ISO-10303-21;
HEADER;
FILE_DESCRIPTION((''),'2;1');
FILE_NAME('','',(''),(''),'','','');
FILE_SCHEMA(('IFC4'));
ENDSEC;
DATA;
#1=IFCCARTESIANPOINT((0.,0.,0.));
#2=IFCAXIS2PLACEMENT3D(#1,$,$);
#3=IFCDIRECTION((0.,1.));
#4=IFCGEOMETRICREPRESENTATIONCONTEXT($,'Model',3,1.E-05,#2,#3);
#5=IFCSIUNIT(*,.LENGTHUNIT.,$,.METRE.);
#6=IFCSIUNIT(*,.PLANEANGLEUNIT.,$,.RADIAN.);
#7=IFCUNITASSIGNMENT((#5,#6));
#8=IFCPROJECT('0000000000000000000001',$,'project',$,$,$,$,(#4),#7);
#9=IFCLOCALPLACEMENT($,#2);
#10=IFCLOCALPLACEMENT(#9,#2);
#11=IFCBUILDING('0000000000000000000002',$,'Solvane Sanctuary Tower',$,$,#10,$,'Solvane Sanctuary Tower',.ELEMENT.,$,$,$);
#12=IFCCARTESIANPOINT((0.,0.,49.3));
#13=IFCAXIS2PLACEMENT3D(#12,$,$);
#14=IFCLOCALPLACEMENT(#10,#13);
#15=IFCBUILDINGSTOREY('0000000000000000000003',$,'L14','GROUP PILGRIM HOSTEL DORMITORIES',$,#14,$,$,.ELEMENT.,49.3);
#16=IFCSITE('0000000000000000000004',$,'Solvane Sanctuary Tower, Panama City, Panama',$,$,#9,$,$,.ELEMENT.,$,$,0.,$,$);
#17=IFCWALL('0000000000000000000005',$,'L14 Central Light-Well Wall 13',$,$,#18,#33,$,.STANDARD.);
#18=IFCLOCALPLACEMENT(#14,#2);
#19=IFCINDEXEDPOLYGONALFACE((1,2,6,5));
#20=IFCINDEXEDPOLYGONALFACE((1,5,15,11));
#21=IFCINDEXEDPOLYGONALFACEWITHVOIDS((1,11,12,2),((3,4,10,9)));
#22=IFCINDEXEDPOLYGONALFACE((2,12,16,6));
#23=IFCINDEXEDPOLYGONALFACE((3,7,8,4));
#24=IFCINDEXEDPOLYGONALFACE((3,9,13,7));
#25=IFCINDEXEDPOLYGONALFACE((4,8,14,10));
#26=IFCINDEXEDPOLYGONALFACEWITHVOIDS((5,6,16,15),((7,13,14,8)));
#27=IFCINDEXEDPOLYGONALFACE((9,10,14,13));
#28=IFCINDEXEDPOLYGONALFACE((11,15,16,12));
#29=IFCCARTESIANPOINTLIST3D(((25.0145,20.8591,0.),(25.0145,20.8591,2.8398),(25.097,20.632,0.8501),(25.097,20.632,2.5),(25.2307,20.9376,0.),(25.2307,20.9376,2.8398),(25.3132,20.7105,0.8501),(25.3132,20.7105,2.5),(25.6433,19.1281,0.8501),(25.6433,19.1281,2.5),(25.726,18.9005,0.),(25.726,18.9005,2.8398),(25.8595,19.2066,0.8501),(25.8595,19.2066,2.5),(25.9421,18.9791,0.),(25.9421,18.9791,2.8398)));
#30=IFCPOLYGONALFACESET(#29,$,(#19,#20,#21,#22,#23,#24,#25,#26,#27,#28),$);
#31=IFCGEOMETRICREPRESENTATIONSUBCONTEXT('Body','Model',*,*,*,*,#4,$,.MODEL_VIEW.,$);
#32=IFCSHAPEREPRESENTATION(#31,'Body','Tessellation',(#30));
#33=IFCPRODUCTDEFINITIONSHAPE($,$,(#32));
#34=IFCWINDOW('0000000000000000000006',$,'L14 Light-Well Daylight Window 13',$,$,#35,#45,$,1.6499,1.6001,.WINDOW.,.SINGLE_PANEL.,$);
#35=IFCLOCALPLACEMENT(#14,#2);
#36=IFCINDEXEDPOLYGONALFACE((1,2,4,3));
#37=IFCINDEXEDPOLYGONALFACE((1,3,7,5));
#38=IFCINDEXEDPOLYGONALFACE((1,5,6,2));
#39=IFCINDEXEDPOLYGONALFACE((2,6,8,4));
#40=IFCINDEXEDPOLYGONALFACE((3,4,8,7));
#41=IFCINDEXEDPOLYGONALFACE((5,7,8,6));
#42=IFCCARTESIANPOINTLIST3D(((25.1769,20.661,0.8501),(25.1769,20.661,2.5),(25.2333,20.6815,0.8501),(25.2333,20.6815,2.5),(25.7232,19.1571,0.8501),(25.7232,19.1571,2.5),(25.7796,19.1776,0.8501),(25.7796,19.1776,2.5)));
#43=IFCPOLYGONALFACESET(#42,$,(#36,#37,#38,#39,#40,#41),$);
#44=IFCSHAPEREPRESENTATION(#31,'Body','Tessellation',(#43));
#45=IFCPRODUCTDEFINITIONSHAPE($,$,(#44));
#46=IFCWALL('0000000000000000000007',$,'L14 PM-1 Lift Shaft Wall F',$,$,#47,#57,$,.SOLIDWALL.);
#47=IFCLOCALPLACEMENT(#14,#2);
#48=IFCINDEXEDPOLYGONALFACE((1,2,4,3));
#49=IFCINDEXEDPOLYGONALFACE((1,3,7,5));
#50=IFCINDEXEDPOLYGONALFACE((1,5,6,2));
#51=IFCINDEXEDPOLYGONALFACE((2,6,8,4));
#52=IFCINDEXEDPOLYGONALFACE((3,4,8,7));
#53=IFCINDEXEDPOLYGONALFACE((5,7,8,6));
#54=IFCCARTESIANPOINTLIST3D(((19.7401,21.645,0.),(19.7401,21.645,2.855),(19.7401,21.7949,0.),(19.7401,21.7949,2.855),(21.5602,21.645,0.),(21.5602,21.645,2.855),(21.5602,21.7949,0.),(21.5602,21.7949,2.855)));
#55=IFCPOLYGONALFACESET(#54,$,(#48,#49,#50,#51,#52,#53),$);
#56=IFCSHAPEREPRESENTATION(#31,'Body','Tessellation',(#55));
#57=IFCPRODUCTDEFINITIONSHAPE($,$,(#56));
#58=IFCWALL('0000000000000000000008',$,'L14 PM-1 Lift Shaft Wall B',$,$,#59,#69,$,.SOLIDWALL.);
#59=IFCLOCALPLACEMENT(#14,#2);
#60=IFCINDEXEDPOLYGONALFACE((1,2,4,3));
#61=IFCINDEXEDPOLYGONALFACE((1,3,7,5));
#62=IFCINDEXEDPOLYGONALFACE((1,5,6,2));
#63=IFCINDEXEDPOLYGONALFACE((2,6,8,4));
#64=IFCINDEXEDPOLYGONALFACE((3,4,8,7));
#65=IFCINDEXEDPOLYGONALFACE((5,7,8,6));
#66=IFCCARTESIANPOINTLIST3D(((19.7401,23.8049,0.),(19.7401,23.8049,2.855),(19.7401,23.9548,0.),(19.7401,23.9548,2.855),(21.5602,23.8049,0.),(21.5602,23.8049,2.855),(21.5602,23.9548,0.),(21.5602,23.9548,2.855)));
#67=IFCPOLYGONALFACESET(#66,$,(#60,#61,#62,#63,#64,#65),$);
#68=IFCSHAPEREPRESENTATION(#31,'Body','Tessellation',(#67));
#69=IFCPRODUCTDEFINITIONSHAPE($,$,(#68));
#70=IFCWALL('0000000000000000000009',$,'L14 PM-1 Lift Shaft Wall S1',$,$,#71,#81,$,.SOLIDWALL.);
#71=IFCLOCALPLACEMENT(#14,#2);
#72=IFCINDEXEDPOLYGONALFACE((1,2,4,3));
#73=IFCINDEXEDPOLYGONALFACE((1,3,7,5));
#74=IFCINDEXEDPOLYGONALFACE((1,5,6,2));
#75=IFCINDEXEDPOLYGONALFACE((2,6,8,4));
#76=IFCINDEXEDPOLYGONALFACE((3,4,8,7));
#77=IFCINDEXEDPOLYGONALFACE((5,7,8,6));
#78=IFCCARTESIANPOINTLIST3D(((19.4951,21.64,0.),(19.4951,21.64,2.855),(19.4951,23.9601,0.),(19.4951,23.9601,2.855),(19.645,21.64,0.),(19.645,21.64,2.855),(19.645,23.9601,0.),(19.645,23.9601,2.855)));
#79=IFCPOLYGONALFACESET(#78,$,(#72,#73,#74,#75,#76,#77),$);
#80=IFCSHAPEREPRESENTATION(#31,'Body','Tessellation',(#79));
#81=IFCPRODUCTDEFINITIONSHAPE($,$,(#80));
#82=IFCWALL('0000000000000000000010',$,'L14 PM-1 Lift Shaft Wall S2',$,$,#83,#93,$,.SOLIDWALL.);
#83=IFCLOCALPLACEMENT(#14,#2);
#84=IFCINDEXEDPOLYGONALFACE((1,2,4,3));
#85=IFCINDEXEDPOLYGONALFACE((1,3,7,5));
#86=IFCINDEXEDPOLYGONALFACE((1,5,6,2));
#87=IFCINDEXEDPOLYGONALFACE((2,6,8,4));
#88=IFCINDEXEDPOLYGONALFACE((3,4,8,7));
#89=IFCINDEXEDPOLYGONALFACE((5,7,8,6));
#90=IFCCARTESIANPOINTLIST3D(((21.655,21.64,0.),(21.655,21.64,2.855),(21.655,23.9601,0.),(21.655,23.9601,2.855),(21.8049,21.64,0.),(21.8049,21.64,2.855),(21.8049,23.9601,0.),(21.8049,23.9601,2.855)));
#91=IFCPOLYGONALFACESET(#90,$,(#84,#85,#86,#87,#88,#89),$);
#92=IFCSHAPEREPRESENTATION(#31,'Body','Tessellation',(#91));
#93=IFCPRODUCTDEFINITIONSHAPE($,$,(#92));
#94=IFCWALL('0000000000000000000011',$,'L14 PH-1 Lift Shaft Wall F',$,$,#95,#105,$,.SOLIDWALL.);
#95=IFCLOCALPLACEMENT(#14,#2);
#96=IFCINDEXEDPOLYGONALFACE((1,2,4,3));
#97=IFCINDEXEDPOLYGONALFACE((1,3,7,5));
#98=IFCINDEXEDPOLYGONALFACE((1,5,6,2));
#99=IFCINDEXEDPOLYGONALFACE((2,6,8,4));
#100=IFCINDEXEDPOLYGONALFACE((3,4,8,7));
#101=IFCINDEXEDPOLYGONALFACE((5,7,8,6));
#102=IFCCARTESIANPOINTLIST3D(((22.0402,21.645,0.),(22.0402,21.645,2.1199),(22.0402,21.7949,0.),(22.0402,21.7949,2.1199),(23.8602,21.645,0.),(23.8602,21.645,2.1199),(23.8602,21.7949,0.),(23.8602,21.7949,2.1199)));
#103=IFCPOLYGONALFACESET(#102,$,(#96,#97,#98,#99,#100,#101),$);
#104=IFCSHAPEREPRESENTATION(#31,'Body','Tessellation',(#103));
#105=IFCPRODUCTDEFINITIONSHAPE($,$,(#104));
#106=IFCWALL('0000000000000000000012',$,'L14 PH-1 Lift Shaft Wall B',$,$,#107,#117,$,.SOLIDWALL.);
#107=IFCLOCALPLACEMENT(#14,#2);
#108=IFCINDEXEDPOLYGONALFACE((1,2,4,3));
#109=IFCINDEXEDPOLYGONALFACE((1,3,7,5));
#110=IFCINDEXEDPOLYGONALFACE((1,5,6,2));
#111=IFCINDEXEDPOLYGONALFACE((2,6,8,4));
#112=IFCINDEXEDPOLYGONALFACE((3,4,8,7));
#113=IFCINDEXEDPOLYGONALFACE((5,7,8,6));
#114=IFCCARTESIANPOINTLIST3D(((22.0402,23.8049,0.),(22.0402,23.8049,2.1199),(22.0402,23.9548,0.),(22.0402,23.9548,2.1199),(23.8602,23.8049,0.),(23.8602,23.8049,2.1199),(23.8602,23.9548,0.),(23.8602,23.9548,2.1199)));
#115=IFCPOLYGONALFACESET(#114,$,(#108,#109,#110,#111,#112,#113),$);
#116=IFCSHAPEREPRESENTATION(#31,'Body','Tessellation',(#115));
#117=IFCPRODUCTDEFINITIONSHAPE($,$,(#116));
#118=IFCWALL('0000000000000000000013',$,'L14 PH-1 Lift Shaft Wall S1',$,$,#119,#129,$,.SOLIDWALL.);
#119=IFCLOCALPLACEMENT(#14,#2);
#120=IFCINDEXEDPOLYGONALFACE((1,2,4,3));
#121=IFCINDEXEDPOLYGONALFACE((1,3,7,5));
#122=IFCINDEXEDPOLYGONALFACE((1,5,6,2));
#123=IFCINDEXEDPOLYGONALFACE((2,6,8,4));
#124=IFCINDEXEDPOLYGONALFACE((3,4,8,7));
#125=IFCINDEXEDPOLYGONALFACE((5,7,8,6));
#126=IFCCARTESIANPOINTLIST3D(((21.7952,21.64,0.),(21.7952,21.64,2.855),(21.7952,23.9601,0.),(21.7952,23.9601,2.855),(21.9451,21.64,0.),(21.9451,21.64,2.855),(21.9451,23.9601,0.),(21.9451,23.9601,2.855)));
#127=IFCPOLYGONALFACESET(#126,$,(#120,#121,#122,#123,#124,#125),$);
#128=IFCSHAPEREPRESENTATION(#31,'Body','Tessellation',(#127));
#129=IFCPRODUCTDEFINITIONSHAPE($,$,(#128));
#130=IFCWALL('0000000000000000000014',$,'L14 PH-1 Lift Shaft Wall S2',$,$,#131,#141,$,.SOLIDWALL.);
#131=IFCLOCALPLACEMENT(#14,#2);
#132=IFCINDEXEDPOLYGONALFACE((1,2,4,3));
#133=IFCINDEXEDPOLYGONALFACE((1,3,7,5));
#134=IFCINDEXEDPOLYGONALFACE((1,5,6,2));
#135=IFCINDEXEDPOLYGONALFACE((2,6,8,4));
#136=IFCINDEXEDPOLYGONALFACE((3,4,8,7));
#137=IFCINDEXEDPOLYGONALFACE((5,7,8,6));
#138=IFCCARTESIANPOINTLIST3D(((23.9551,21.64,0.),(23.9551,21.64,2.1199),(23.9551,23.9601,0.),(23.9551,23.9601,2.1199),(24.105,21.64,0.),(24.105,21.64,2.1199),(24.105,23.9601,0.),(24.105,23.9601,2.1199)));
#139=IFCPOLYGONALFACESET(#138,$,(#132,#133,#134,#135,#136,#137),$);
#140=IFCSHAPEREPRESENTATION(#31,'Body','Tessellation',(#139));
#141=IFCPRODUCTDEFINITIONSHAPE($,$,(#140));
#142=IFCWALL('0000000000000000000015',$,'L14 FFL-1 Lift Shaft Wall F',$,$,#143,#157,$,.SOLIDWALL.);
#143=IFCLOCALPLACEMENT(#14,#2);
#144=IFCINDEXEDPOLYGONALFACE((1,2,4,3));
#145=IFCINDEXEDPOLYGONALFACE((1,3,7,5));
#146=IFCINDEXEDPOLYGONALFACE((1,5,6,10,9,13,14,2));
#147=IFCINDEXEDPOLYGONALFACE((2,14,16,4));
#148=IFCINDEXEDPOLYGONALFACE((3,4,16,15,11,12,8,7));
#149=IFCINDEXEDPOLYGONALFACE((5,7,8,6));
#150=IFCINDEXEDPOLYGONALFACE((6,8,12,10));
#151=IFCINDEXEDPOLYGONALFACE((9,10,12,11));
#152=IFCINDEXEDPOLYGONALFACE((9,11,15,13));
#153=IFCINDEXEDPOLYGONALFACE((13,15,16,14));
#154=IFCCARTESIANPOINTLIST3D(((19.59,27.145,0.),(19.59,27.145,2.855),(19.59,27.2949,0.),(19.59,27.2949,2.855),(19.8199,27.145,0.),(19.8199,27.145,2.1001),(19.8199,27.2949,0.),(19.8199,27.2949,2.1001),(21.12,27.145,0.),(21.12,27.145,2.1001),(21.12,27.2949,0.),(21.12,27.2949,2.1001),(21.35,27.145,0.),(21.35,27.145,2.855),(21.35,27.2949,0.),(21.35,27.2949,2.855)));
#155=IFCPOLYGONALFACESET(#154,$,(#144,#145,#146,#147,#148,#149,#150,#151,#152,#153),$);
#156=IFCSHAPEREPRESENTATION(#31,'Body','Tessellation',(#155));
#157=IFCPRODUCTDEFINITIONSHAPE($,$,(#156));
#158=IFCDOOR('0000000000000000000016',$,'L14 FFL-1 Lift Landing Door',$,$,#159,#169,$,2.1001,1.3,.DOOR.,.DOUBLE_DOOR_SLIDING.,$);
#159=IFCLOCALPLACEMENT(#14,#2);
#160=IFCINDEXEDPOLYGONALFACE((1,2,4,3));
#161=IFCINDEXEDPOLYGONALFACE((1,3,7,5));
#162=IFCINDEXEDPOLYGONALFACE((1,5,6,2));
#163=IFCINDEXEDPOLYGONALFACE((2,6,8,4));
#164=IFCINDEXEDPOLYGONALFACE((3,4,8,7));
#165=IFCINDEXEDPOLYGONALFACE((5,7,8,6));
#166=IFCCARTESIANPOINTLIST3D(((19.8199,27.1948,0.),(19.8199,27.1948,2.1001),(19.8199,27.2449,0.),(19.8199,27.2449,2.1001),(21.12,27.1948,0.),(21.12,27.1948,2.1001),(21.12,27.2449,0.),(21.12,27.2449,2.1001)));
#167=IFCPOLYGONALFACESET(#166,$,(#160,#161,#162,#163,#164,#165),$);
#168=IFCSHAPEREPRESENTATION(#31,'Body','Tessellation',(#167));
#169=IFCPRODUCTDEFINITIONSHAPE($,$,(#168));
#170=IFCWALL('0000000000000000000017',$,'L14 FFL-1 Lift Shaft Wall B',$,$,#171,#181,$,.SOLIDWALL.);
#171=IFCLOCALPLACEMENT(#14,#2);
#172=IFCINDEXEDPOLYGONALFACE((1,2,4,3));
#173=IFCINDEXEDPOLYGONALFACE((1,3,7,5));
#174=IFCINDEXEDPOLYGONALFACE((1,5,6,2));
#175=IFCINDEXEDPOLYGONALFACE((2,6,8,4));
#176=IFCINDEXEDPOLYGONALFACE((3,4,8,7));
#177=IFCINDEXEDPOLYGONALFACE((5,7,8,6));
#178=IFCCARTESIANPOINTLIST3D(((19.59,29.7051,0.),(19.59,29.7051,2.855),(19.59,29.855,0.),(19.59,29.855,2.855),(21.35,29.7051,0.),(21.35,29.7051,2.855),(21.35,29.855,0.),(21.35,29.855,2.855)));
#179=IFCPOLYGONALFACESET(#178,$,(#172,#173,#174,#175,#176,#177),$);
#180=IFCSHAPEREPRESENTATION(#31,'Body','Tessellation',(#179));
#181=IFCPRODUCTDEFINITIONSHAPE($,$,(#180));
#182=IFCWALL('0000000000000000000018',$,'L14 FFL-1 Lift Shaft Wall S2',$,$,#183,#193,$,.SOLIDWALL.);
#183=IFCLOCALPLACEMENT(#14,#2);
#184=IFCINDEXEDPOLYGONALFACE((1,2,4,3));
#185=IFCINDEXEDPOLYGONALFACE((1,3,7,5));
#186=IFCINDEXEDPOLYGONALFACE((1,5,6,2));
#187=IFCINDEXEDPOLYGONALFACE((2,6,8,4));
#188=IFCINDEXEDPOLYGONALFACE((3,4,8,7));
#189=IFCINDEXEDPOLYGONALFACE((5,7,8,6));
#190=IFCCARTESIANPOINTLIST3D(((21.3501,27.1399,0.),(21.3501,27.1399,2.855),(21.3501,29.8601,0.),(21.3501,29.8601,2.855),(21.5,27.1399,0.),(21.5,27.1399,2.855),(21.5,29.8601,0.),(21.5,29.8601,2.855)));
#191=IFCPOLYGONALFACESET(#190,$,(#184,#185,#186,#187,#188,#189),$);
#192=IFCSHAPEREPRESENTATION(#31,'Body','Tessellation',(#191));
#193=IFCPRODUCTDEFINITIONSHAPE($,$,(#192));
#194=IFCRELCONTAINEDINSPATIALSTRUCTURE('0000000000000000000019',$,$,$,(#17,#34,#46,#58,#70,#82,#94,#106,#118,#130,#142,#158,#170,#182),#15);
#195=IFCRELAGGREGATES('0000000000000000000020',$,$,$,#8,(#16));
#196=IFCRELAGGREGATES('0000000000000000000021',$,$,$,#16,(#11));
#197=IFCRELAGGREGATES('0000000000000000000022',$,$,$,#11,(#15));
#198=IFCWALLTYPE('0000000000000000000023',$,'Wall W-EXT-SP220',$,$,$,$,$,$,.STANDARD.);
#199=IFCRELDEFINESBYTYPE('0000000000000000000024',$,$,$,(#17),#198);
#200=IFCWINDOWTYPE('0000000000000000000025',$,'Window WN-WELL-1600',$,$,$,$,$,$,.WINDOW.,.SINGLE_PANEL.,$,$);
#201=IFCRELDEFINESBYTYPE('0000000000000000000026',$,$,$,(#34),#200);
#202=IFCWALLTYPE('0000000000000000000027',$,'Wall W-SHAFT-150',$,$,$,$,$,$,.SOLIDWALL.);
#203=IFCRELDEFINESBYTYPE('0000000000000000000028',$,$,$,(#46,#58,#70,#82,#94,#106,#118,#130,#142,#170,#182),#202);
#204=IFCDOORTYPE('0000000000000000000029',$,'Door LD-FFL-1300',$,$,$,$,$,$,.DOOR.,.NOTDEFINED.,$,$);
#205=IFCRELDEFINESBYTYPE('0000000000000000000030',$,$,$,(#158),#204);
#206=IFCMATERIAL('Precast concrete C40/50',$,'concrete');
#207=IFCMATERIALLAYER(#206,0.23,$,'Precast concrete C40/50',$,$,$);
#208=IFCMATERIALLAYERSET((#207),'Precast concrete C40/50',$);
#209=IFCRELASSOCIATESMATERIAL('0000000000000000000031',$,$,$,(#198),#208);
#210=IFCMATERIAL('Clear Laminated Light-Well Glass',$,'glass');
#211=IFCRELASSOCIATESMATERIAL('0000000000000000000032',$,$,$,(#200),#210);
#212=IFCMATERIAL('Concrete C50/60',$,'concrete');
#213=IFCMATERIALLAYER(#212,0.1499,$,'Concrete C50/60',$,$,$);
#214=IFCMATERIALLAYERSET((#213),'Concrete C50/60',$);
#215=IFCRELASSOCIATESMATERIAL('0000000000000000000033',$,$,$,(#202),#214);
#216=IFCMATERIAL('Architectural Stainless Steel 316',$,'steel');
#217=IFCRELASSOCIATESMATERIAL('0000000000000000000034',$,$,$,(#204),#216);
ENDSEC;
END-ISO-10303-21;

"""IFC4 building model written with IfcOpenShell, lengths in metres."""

from ifc_helpers import new_model, si_unit, direction, frame, frame_2d, origin, place, context, subcontext, project, spatial, rectangle, extrude, material, layer, layer_set, type_object, element, fill, save


model = new_model("IFC4")

# Units and contexts
model_context = context("Model", 3, precision=1e-05, world=origin(), true_north=direction((0.0, 1.0)))
body_context = subcontext(model_context, "Body", "Model", "MODEL_VIEW")
ifc_project = project(units=[si_unit("LENGTHUNIT", "METRE"), si_unit("PLANEANGLEUNIT", "RADIAN")], contexts=[model_context])

# Site, building, storey
site_placement = place(None, origin())
site = spatial("IfcSite", under=ifc_project, at=site_placement, Name="Solvane Sanctuary Tower, Panama City, Panama", CompositionType="ELEMENT", RefElevation=0.0)
building_placement = place(site_placement, origin())
building = spatial("IfcBuilding", under=site, at=building_placement, Name="Solvane Sanctuary Tower", LongName="Solvane Sanctuary Tower", CompositionType="ELEMENT")
storey_placement = place(building_placement, frame((0.0, 0.0, 49.3)))
storey = spatial("IfcBuildingStorey", under=building, at=storey_placement, Name="L14", Description="GROUP PILGRIM HOSTEL DORMITORIES", CompositionType="ELEMENT", Elevation=49.3)

# Shared definitions
ifc_material_1 = material(Name="Architectural Stainless Steel 316", Category="steel")

# Shared definitions
ifc_material_2 = material(Name="Precast concrete C40/50", Category="concrete")
ifc_layer_1 = layer(ifc_material_2, 0.23, Name="Precast concrete C40/50")
ifc_layer_set_1 = layer_set([ifc_layer_1], Name="Precast concrete C40/50")
wall_type_1 = type_object("IfcWallType", Name="Wall W-EXT-SP220", PredefinedType="STANDARD", material=ifc_layer_set_1)

# Shared definitions
ifc_material_3 = material(Name="Clear Laminated Light-Well Glass", Category="glass")
window_type = type_object("IfcWindowType", Name="Window WN-WELL-1600", PartitioningType="SINGLE_PANEL", PredefinedType="WINDOW", material=ifc_material_3)

# Wall, opening, window
wall_1_placement = place(storey_placement, frame((25.1226, 20.8984, 0.0), z_axis=(0.0, 0.0, 1.0), x_axis=(0.341423, -0.93991, 0.0)))
wall_1 = element("IfcWall", 1, at=wall_1_placement, inside=storey, type_object=wall_type_1, Name="L14 Central Light-Well Wall 13", PredefinedType="STANDARD", context=body_context, shape_type="SweptSolid", body=[
    extrude(rectangle(XDim=2.0837, YDim=0.23, at=frame_2d((1.042, 0.0))), origin(), (0.0, 0.0, 1.0), 2.8398),
])
opening_1_placement = place(wall_1_placement, frame((0.2417, 0.0, 0.8501)))
opening_1 = element("IfcOpeningElement", 2, at=opening_1_placement, cuts=wall_1, PredefinedType="OPENING", context=body_context, shape_type="SweptSolid", body=[
    extrude(rectangle(XDim=1.6001, YDim=1.6499, at=frame_2d((0.8, 0.825))), frame((0.0, 0.125, 0.0), z_axis=(0.0, -1.0, 0.0), x_axis=(1.0, 0.0, 0.0)), (0.0, 0.0, 1.0), 0.25),
])
window_1_placement = place(opening_1_placement, origin())
window_1 = element("IfcWindow", 3, at=window_1_placement, inside=storey, type_object=window_type, Name="L14 Light-Well Daylight Window 13", OverallHeight=1.6499, OverallWidth=1.6001, PartitioningType="SINGLE_PANEL", PredefinedType="WINDOW", context=body_context, shape_type="SweptSolid", body=[
    extrude(rectangle(XDim=1.6001, YDim=1.6499, at=frame_2d((0.8, 0.825))), frame((0.0, 0.03, 0.0), z_axis=(0.0, -1.0, 0.0), x_axis=(1.0, 0.0, 0.0)), (0.0, 0.0, 1.0), 0.0601),
])
fill(opening_1, window_1)

# Walls
ifc_material_4 = material(Name="Concrete C50/60", Category="concrete")
ifc_layer_2 = layer(ifc_material_4, 0.1499, Name="Concrete C50/60")
ifc_layer_set_2 = layer_set([ifc_layer_2], Name="Concrete C50/60")
wall_type_2 = type_object("IfcWallType", Name="Wall W-SHAFT-150", PredefinedType="SOLIDWALL", material=ifc_layer_set_2)
for number, where, z_axis, x_axis, name in (
    (4, (19.74, 21.72, 0.0), (0.0, 0.0, 1.0), (1.0, 0.0, 0.0), "L14 PM-1 Lift Shaft Wall F"),
    (5, (19.74, 23.8799, 0.0), (0.0, 0.0, 1.0), (1.0, 0.0, 0.0), "L14 PM-1 Lift Shaft Wall B"),
):
    element("IfcWall", number, at=place(storey_placement, frame(where, z_axis=z_axis, x_axis=x_axis)), inside=storey, type_object=wall_type_2, Name=name, PredefinedType="SOLIDWALL", context=body_context, shape_type="SweptSolid", body=[
        extrude(rectangle(XDim=1.8201, YDim=0.1499, at=frame_2d((0.9102, 0.0))), origin(), (0.0, 0.0, 1.0), 2.855),
    ])
for number, where, z_axis, x_axis, name in (
    (6, (19.5701, 21.6399, 0.0), (0.0, 0.0, 1.0), (0.0, 1.0, 0.0), "L14 PM-1 Lift Shaft Wall S1"),
    (7, (21.73, 21.6399, 0.0), (0.0, 0.0, 1.0), (0.0, 1.0, 0.0), "L14 PM-1 Lift Shaft Wall S2"),
):
    element("IfcWall", number, at=place(storey_placement, frame(where, z_axis=z_axis, x_axis=x_axis)), inside=storey, type_object=wall_type_2, Name=name, PredefinedType="SOLIDWALL", context=body_context, shape_type="SweptSolid", body=[
        extrude(rectangle(XDim=2.3201, YDim=0.1499, at=frame_2d((1.1602, 0.0))), origin(), (0.0, 0.0, 1.0), 2.855),
    ])
for number, where, z_axis, x_axis, name in (
    (8, (22.04, 21.72, 0.0), (0.0, 0.0, 1.0), (1.0, 0.0, 0.0), "L14 PH-1 Lift Shaft Wall F"),
    (9, (22.04, 23.8799, 0.0), (0.0, 0.0, 1.0), (1.0, 0.0, 0.0), "L14 PH-1 Lift Shaft Wall B"),
):
    element("IfcWall", number, at=place(storey_placement, frame(where, z_axis=z_axis, x_axis=x_axis)), inside=storey, type_object=wall_type_2, Name=name, PredefinedType="SOLIDWALL", context=body_context, shape_type="SweptSolid", body=[
        extrude(rectangle(XDim=1.8201, YDim=0.1499, at=frame_2d((0.9102, 0.0))), origin(), (0.0, 0.0, 1.0), 2.1199),
    ])
wall_2_placement = place(storey_placement, frame((21.8701, 21.6399, 0.0), z_axis=(0.0, 0.0, 1.0), x_axis=(0.0, 1.0, 0.0)))
element("IfcWall", 10, at=wall_2_placement, inside=storey, type_object=wall_type_2, Name="L14 PH-1 Lift Shaft Wall S1", PredefinedType="SOLIDWALL", context=body_context, shape_type="SweptSolid", body=[
    extrude(rectangle(XDim=2.3201, YDim=0.1499, at=frame_2d((1.1602, 0.0))), origin(), (0.0, 0.0, 1.0), 2.855),
])
wall_3_placement = place(storey_placement, frame((24.03, 21.6399, 0.0), z_axis=(0.0, 0.0, 1.0), x_axis=(0.0, 1.0, 0.0)))
element("IfcWall", 11, at=wall_3_placement, inside=storey, type_object=wall_type_2, Name="L14 PH-1 Lift Shaft Wall S2", PredefinedType="SOLIDWALL", context=body_context, shape_type="SweptSolid", body=[
    extrude(rectangle(XDim=2.3201, YDim=0.1499, at=frame_2d((1.1602, 0.0))), origin(), (0.0, 0.0, 1.0), 2.1199),
])

# Wall, opening, door
wall_4_placement = place(storey_placement, frame((19.5901, 27.22, 0.0), z_axis=(0.0, 0.0, 1.0), x_axis=(1.0, 0.0, 0.0)))
wall_4 = element("IfcWall", 12, at=wall_4_placement, inside=storey, type_object=wall_type_2, Name="L14 FFL-1 Lift Shaft Wall F", PredefinedType="SOLIDWALL", context=body_context, shape_type="SweptSolid", body=[
    extrude(rectangle(XDim=1.76, YDim=0.1499, at=frame_2d((0.8799, 0.0))), origin(), (0.0, 0.0, 1.0), 2.855),
])
opening_2_placement = place(wall_4_placement, frame((0.23, 0.0, 0.0)))
opening_2 = element("IfcOpeningElement", 13, at=opening_2_placement, cuts=wall_4, PredefinedType="OPENING", context=body_context, shape_type="SweptSolid", body=[
    extrude(rectangle(XDim=1.3, YDim=2.1001, at=frame_2d((0.6499, 1.05))), frame((0.0, 0.085, 0.0), z_axis=(0.0, -1.0, 0.0), x_axis=(1.0, 0.0, 0.0)), (0.0, 0.0, 1.0), 0.1699),
])
door_type_1 = type_object("IfcDoorType", Name="Door LD-FFL-1300", OperationType="NOTDEFINED", PredefinedType="DOOR", material=ifc_material_1)
door_1_placement = place(opening_2_placement, origin())
door_1 = element("IfcDoor", 14, at=door_1_placement, inside=storey, type_object=door_type_1, Name="L14 FFL-1 Lift Landing Door", OperationType="DOUBLE_DOOR_SLIDING", OverallHeight=2.1001, OverallWidth=1.3, PredefinedType="DOOR", context=body_context, shape_type="SweptSolid", body=[
    extrude(rectangle(XDim=1.3, YDim=2.1001, at=frame_2d((0.6499, 1.05))), frame((0.0, 0.0249, 0.0), z_axis=(0.0, -1.0, 0.0), x_axis=(1.0, 0.0, 0.0)), (0.0, 0.0, 1.0), 0.05),
])
fill(opening_2, door_1)

# Walls
wall_5_placement = place(storey_placement, frame((19.5901, 29.78, 0.0), z_axis=(0.0, 0.0, 1.0), x_axis=(1.0, 0.0, 0.0)))
element("IfcWall", 15, at=wall_5_placement, inside=storey, type_object=wall_type_2, Name="L14 FFL-1 Lift Shaft Wall B", PredefinedType="SOLIDWALL", context=body_context, shape_type="SweptSolid", body=[
    extrude(rectangle(XDim=1.76, YDim=0.1499, at=frame_2d((0.8799, 0.0))), origin(), (0.0, 0.0, 1.0), 2.855),
])
wall_6_placement = place(storey_placement, frame((21.425, 27.1399, 0.0), z_axis=(0.0, 0.0, 1.0), x_axis=(0.0, 1.0, 0.0)))
element("IfcWall", 16, at=wall_6_placement, inside=storey, type_object=wall_type_2, Name="L14 FFL-1 Lift Shaft Wall S2", PredefinedType="SOLIDWALL", context=body_context, shape_type="SweptSolid", body=[
    extrude(rectangle(XDim=2.7202, YDim=0.1499, at=frame_2d((1.3601, 0.0))), origin(), (0.0, 0.0, 1.0), 2.855),
])

save(model, "model.ifc")
